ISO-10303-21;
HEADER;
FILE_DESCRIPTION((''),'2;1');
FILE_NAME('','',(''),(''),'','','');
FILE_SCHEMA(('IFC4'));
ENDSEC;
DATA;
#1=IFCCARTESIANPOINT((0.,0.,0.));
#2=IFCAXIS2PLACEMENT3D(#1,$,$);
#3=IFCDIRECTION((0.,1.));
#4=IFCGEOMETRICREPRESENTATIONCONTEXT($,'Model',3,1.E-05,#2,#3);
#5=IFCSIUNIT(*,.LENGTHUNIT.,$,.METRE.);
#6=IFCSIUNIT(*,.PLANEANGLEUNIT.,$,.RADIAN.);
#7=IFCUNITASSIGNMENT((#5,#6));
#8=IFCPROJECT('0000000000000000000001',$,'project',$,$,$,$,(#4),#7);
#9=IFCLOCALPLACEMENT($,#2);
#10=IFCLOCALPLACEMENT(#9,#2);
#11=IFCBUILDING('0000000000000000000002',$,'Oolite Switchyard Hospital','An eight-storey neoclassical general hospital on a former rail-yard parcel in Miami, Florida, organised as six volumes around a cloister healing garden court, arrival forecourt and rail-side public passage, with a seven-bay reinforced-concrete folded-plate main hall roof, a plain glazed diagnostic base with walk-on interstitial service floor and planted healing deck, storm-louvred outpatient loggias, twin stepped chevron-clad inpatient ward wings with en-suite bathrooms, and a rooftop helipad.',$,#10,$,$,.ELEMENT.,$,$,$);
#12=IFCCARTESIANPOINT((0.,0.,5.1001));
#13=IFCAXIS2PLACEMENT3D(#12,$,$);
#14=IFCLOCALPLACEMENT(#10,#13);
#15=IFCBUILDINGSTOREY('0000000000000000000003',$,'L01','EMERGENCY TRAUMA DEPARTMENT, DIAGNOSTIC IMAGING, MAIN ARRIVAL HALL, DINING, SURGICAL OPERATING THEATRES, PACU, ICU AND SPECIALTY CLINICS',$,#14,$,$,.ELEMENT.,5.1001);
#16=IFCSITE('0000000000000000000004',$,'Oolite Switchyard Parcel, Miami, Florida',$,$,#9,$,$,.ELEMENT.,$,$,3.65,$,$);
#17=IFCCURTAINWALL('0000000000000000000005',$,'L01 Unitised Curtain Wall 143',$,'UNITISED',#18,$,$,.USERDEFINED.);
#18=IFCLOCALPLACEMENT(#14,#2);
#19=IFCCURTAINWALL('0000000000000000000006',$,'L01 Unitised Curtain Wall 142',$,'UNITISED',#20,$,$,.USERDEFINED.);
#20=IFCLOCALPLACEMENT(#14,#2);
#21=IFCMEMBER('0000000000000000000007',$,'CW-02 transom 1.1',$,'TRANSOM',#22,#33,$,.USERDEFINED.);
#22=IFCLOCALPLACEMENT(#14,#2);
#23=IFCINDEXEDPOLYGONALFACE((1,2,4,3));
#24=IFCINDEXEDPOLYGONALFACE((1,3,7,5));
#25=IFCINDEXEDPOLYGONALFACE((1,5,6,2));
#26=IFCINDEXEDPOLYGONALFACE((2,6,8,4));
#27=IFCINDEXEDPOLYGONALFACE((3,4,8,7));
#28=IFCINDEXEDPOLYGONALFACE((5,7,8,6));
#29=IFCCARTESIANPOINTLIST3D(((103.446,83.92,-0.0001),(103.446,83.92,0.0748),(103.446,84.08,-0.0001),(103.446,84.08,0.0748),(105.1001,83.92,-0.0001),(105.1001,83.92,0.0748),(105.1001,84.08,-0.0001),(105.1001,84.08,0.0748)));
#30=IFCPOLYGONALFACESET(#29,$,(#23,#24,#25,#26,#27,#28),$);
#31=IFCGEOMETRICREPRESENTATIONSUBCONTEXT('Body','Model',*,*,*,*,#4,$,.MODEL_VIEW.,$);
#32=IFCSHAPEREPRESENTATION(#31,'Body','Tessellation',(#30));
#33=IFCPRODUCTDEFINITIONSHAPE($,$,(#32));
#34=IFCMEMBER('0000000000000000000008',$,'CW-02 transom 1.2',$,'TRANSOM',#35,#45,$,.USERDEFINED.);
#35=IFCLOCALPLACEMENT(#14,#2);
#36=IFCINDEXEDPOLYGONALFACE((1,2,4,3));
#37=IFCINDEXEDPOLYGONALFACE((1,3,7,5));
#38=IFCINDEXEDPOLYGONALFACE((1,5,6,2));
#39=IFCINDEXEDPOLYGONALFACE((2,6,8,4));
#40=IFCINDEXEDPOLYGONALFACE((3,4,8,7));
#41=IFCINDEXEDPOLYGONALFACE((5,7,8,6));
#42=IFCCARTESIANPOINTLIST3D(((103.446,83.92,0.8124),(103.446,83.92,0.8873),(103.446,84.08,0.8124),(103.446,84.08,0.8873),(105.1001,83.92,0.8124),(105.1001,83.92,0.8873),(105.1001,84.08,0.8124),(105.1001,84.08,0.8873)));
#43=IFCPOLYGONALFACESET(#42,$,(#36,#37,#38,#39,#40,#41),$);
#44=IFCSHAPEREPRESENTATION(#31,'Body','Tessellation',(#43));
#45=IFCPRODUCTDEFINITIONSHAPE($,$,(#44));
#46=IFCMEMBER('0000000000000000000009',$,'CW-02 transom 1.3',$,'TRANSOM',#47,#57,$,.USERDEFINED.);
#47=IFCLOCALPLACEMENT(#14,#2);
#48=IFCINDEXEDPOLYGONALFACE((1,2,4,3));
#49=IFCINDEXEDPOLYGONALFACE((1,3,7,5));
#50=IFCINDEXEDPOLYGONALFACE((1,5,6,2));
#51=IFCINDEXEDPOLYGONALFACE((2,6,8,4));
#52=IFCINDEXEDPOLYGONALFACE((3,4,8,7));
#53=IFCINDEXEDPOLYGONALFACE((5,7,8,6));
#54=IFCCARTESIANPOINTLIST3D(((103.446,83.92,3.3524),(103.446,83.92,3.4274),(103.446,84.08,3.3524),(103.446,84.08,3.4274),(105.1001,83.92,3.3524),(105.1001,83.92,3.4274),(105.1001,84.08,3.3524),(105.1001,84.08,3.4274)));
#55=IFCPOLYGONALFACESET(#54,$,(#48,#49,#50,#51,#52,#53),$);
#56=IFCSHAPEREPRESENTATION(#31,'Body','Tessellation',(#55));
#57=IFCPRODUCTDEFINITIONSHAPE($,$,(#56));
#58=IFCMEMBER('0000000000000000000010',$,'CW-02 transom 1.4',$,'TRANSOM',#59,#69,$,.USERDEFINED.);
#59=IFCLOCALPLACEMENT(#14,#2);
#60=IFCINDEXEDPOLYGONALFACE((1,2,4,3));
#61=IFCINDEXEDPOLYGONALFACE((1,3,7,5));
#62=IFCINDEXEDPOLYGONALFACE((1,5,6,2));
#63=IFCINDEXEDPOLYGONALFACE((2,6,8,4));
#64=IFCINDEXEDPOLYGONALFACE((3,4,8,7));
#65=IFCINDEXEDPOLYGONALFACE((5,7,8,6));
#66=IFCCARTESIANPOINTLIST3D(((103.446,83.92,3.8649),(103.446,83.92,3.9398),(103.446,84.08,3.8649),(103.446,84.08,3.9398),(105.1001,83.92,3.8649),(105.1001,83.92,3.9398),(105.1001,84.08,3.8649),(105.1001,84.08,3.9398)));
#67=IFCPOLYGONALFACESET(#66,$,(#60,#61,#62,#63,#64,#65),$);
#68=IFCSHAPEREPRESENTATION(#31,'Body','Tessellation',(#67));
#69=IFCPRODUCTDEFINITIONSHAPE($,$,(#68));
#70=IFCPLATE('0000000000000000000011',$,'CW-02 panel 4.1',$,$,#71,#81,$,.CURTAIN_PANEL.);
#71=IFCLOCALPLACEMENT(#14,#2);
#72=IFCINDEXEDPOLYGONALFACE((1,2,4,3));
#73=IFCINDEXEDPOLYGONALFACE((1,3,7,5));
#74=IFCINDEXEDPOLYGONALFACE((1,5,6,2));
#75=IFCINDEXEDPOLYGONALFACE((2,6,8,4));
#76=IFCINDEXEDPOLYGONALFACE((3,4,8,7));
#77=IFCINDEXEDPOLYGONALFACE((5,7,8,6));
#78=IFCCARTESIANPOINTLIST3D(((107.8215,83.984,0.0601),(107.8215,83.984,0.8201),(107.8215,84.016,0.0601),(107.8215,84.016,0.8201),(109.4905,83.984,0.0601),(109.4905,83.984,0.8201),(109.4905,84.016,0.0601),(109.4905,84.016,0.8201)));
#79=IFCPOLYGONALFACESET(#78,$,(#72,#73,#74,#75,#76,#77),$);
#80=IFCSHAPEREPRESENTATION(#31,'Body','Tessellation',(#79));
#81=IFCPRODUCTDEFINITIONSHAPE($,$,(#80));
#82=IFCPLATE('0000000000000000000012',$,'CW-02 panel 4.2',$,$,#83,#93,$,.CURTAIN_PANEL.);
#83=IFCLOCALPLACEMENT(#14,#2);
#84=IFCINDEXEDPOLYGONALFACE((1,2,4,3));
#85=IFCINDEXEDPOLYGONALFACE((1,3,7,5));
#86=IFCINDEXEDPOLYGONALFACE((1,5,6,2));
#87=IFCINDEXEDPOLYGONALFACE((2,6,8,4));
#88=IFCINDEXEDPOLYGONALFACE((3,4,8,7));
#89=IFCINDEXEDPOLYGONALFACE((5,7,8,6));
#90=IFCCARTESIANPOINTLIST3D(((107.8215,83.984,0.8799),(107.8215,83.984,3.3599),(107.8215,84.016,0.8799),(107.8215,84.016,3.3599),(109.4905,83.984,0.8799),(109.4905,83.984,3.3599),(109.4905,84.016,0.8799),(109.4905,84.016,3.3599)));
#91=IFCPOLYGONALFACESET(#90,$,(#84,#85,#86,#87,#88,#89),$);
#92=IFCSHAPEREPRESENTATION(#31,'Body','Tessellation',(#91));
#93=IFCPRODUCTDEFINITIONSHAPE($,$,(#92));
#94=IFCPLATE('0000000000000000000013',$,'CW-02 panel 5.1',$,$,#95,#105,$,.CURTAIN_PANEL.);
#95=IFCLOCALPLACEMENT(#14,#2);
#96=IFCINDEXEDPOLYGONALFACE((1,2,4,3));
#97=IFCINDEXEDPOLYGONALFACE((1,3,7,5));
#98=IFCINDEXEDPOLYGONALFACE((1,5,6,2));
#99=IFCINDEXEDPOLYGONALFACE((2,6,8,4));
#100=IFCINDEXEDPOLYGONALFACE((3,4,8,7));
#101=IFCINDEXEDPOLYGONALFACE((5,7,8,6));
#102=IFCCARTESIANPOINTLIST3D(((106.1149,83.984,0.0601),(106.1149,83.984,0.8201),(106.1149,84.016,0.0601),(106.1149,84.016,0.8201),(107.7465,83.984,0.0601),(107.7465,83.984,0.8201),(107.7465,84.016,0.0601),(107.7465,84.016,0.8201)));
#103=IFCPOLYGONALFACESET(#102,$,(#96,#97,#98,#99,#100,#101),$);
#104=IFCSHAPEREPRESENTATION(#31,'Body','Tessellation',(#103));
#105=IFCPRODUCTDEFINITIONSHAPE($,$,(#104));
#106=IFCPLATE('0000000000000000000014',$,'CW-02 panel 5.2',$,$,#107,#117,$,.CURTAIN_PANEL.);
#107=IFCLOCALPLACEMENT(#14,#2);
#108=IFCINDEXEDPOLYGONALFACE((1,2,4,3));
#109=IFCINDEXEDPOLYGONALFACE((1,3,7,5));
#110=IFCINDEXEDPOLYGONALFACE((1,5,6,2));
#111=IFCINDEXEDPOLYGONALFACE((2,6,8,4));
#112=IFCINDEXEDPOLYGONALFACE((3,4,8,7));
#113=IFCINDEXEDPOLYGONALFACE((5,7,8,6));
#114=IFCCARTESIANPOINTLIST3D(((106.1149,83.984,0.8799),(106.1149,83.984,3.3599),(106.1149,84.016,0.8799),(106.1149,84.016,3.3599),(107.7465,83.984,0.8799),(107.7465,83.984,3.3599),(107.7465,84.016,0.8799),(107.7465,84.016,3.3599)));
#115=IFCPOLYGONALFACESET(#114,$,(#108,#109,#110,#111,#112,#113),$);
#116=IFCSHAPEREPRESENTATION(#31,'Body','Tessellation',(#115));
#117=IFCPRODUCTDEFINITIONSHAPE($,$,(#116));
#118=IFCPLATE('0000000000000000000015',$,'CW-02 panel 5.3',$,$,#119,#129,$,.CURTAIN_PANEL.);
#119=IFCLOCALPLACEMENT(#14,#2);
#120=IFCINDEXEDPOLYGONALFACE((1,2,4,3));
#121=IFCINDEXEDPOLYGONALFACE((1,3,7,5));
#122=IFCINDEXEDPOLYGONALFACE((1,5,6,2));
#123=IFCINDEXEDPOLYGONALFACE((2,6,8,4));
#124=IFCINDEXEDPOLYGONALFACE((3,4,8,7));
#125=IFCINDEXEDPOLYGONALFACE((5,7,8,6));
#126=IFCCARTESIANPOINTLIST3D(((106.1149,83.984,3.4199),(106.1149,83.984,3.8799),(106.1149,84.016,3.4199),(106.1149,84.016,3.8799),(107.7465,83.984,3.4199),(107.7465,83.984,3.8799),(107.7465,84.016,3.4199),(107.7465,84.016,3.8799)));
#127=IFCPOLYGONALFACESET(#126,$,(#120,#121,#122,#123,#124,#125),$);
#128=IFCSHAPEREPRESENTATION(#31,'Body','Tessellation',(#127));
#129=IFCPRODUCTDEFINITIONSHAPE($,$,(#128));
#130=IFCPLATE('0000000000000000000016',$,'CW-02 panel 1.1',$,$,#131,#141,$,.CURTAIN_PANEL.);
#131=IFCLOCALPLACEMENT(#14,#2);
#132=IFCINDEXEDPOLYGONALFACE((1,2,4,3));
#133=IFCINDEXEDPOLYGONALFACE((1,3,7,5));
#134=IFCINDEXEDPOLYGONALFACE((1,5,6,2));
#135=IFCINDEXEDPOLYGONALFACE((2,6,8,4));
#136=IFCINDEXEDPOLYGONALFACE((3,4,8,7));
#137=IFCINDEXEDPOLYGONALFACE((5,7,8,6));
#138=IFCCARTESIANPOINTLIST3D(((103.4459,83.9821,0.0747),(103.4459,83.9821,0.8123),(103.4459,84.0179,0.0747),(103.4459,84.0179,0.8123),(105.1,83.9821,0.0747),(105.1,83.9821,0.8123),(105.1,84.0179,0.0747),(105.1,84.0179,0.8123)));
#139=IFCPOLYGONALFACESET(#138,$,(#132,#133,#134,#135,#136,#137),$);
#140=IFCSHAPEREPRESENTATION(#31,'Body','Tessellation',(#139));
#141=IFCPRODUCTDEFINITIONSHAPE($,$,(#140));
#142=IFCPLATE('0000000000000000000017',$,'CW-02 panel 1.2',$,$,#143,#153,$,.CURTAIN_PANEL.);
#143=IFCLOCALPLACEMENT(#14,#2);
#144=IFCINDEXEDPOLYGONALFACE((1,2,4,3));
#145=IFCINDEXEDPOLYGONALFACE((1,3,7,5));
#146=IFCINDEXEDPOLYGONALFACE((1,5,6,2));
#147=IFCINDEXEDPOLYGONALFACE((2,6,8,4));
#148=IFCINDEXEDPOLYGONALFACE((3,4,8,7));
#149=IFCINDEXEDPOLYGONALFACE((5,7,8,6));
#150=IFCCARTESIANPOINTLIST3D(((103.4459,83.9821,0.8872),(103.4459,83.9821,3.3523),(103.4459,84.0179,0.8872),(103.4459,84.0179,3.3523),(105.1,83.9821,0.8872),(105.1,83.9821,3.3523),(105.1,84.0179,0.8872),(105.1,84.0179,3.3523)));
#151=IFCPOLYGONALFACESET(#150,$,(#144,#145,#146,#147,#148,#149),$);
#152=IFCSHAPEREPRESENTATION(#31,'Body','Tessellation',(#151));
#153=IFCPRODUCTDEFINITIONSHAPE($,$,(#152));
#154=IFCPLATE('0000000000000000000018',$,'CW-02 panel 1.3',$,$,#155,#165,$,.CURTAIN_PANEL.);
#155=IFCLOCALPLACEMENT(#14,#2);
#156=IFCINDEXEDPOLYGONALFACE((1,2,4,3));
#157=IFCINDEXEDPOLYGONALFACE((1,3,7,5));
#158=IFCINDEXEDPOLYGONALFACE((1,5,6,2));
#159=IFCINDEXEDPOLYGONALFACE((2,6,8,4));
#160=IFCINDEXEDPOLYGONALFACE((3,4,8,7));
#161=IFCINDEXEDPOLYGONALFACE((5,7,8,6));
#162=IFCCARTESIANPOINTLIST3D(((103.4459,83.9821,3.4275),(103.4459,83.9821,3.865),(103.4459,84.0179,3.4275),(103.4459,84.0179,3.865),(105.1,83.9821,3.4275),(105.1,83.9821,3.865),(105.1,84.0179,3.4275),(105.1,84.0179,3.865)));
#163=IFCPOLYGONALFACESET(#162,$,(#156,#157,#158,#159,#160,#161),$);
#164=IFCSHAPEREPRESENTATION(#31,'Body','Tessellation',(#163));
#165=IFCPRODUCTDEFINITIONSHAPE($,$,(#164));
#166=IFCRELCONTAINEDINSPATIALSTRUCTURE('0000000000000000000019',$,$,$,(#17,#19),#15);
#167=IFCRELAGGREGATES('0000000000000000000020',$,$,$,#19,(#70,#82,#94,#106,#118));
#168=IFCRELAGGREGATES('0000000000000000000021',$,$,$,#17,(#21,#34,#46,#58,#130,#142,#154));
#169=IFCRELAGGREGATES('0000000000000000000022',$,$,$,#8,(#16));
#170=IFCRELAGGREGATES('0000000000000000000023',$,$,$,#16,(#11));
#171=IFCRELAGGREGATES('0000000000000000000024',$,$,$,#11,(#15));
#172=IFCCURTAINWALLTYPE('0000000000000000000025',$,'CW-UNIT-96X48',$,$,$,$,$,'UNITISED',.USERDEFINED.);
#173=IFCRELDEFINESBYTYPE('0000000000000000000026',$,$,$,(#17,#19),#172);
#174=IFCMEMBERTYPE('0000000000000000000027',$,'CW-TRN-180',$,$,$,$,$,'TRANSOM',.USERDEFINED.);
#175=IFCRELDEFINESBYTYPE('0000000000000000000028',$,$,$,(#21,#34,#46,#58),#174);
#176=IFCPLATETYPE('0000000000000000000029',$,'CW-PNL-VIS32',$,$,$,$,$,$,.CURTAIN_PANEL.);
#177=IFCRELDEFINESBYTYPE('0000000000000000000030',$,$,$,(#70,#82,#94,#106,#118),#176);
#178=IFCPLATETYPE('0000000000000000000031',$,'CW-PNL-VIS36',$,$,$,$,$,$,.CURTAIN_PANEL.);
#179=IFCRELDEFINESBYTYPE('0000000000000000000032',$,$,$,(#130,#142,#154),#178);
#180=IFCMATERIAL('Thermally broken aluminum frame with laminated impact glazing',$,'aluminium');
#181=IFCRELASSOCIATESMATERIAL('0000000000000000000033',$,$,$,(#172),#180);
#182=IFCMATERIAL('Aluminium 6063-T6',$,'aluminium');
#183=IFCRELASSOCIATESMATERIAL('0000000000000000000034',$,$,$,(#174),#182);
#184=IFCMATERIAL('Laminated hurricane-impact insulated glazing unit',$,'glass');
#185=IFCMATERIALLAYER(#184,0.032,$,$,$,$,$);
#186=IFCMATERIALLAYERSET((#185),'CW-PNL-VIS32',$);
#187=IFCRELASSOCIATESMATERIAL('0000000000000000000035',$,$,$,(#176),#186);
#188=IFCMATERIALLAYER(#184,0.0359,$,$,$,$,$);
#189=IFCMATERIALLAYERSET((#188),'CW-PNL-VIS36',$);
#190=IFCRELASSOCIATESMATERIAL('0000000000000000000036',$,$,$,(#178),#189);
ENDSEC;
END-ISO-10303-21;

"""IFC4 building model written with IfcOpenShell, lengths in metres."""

from ifc_helpers import new_model, si_unit, direction, frame, origin, origin_2d, place, context, subcontext, project, spatial, rectangle, extrude, material, layer, layer_set, material_profile, profile_set, type_object, element, aggregate, save


model = new_model("IFC4")

# Units and contexts
model_context = context("Model", 3, precision=1e-05, world=origin(), true_north=direction((0.0, 1.0)))
body_context = subcontext(model_context, "Body", "Model", "MODEL_VIEW")
ifc_project = project(units=[si_unit("LENGTHUNIT", "METRE"), si_unit("PLANEANGLEUNIT", "RADIAN")], contexts=[model_context])

# Site, building, storey
site_placement = place(None, origin())
site = spatial("IfcSite", under=ifc_project, at=site_placement, Name="Oolite Switchyard Parcel, Miami, Florida", CompositionType="ELEMENT", RefElevation=3.65)
building_placement = place(site_placement, origin())
building = spatial("IfcBuilding", under=site, at=building_placement, Name="Oolite Switchyard Hospital", Description="An eight-storey neoclassical general hospital on a former rail-yard parcel in Miami, Florida, organised as six volumes around a cloister healing garden court, arrival forecourt and rail-side public passage, with a seven-bay reinforced-concrete folded-plate main hall roof, a plain glazed diagnostic base with walk-on interstitial service floor and planted healing deck, storm-louvred outpatient loggias, twin stepped chevron-clad inpatient ward wings with en-suite bathrooms, and a rooftop helipad.", CompositionType="ELEMENT")
storey_placement = place(building_placement, frame((0.0, 0.0, 5.1001)))
storey = spatial("IfcBuildingStorey", under=building, at=storey_placement, Name="L01", Description="EMERGENCY TRAUMA DEPARTMENT, DIAGNOSTIC IMAGING, MAIN ARRIVAL HALL, DINING, SURGICAL OPERATING THEATRES, PACU, ICU AND SPECIALTY CLINICS", CompositionType="ELEMENT", Elevation=5.1001)

# Curtain walls
ifc_material_1 = material(Name="Thermally broken aluminum frame with laminated impact glazing", Category="aluminium")
curtain_wall_type = type_object("IfcCurtainWallType", Name="CW-UNIT-96X48", ElementType="UNITISED", PredefinedType="USERDEFINED", material=ifc_material_1)
curtain_wall_1_placement = place(storey_placement, origin())
curtain_wall_1 = element("IfcCurtainWall", 1, at=curtain_wall_1_placement, inside=storey, type_object=curtain_wall_type, Name="L01 Unitised Curtain Wall 143", ObjectType="UNITISED", PredefinedType="USERDEFINED")
ifc_material_2 = material(Name="Aluminium 6063-T6", Category="aluminium")
curtain_wall_2_placement = place(storey_placement, origin())
curtain_wall_2 = element("IfcCurtainWall", 2, at=curtain_wall_2_placement, inside=storey, type_object=curtain_wall_type, Name="L01 Unitised Curtain Wall 142", ObjectType="UNITISED", PredefinedType="USERDEFINED")

# Members
ifc_material_profile_1 = material_profile(ifc_material_2, rectangle(XDim=0.1599, YDim=0.075, at=origin_2d()), Name="CWT75X160")
ifc_profile_set_1 = profile_set([ifc_material_profile_1], Name="Aluminium 6063-T6")
member_type_1 = type_object("IfcMemberType", Name="CW-TRN-180", ElementType="TRANSOM", PredefinedType="USERDEFINED", material=ifc_profile_set_1)
member_1_placement = place(storey_placement, frame((105.1001, 84.0, 0.0374), z_axis=(-1.0, 0.0, 0.0), x_axis=(0.0, -1.0, 0.0)))
member_1 = element("IfcMember", 3, at=member_1_placement, type_object=member_type_1, Name="CW-02 transom 1.1", ObjectType="TRANSOM", PredefinedType="USERDEFINED", context=body_context, shape_type="SweptSolid", body=[
    extrude(rectangle(XDim=0.1599, YDim=0.075, at=origin_2d()), origin(), (0.0, 0.0, 1.0), 1.6541),
])
member_2_placement = place(storey_placement, frame((105.1001, 84.0, 0.8499), z_axis=(-1.0, 0.0, 0.0), x_axis=(0.0, -1.0, 0.0)))
member_2 = element("IfcMember", 4, at=member_2_placement, type_object=member_type_1, Name="CW-02 transom 1.2", ObjectType="TRANSOM", PredefinedType="USERDEFINED", context=body_context, shape_type="SweptSolid", body=[
    extrude(rectangle(XDim=0.1599, YDim=0.075, at=origin_2d()), origin(), (0.0, 0.0, 1.0), 1.6541),
])
member_3_placement = place(storey_placement, frame((105.1001, 84.0, 3.3899), z_axis=(-1.0, 0.0, 0.0), x_axis=(0.0, -1.0, 0.0)))
member_3 = element("IfcMember", 5, at=member_3_placement, type_object=member_type_1, Name="CW-02 transom 1.3", ObjectType="TRANSOM", PredefinedType="USERDEFINED", context=body_context, shape_type="SweptSolid", body=[
    extrude(rectangle(XDim=0.1599, YDim=0.075, at=origin_2d()), origin(), (0.0, 0.0, 1.0), 1.6541),
])
member_4_placement = place(storey_placement, frame((105.1001, 84.0, 3.9023), z_axis=(-1.0, 0.0, 0.0), x_axis=(0.0, -1.0, 0.0)))
member_4 = element("IfcMember", 6, at=member_4_placement, type_object=member_type_1, Name="CW-02 transom 1.4", ObjectType="TRANSOM", PredefinedType="USERDEFINED", context=body_context, shape_type="SweptSolid", body=[
    extrude(rectangle(XDim=0.1599, YDim=0.075, at=origin_2d()), origin(), (0.0, 0.0, 1.0), 1.6541),
])

# Plates
ifc_material_3 = material(Name="Laminated hurricane-impact insulated glazing unit", Category="glass")
ifc_layer_1 = layer(ifc_material_3, 0.032)
ifc_layer_set_1 = layer_set([ifc_layer_1], Name="CW-PNL-VIS32")
plate_type_1 = type_object("IfcPlateType", Name="CW-PNL-VIS32", PredefinedType="CURTAIN_PANEL", material=ifc_layer_set_1)
plate_1_placement = place(storey_placement, frame((108.656, 84.0, 0.0601), z_axis=(0.0, 0.0, 1.0), x_axis=(-1.0, 0.0, 0.0)))
plate_1 = element("IfcPlate", 7, at=plate_1_placement, type_object=plate_type_1, Name="CW-02 panel 4.1", PredefinedType="CURTAIN_PANEL", context=body_context, shape_type="SweptSolid", body=[
    extrude(rectangle(XDim=1.6689, YDim=0.032, at=origin_2d()), origin(), (0.0, 0.0, 1.0), 0.76),
])
plate_2_placement = place(storey_placement, frame((108.656, 84.0, 0.8799), z_axis=(0.0, 0.0, 1.0), x_axis=(-1.0, 0.0, 0.0)))
plate_2 = element("IfcPlate", 8, at=plate_2_placement, type_object=plate_type_1, Name="CW-02 panel 4.2", PredefinedType="CURTAIN_PANEL", context=body_context, shape_type="SweptSolid", body=[
    extrude(rectangle(XDim=1.6689, YDim=0.032, at=origin_2d()), origin(), (0.0, 0.0, 1.0), 2.48),
])
plate_3_placement = place(storey_placement, frame((106.9307, 84.0, 0.0601), z_axis=(0.0, 0.0, 1.0), x_axis=(-1.0, 0.0, 0.0)))
plate_3 = element("IfcPlate", 9, at=plate_3_placement, type_object=plate_type_1, Name="CW-02 panel 5.1", PredefinedType="CURTAIN_PANEL", context=body_context, shape_type="SweptSolid", body=[
    extrude(rectangle(XDim=1.6316, YDim=0.032, at=origin_2d()), origin(), (0.0, 0.0, 1.0), 0.76),
])
plate_4_placement = place(storey_placement, frame((106.9307, 84.0, 0.8799), z_axis=(0.0, 0.0, 1.0), x_axis=(-1.0, 0.0, 0.0)))
plate_4 = element("IfcPlate", 10, at=plate_4_placement, type_object=plate_type_1, Name="CW-02 panel 5.2", PredefinedType="CURTAIN_PANEL", context=body_context, shape_type="SweptSolid", body=[
    extrude(rectangle(XDim=1.6316, YDim=0.032, at=origin_2d()), origin(), (0.0, 0.0, 1.0), 2.48),
])
plate_5_placement = place(storey_placement, frame((106.9307, 84.0, 3.4199), z_axis=(0.0, 0.0, 1.0), x_axis=(-1.0, 0.0, 0.0)))
plate_5 = element("IfcPlate", 11, at=plate_5_placement, type_object=plate_type_1, Name="CW-02 panel 5.3", PredefinedType="CURTAIN_PANEL", context=body_context, shape_type="SweptSolid", body=[
    extrude(rectangle(XDim=1.6316, YDim=0.032, at=origin_2d()), origin(), (0.0, 0.0, 1.0), 0.46),
])
aggregate(curtain_wall_2, [plate_1, plate_2, plate_3, plate_4, plate_5])
ifc_layer_2 = layer(ifc_material_3, 0.0359)
ifc_layer_set_2 = layer_set([ifc_layer_2], Name="CW-PNL-VIS36")
plate_type_2 = type_object("IfcPlateType", Name="CW-PNL-VIS36", PredefinedType="CURTAIN_PANEL", material=ifc_layer_set_2)
plate_6_placement = place(storey_placement, frame((104.2729, 84.0, 0.0747), z_axis=(0.0, 0.0, 1.0), x_axis=(-1.0, 0.0, 0.0)))
plate_6 = element("IfcPlate", 12, at=plate_6_placement, type_object=plate_type_2, Name="CW-02 panel 1.1", PredefinedType="CURTAIN_PANEL", context=body_context, shape_type="SweptSolid", body=[
    extrude(rectangle(XDim=1.6541, YDim=0.0359, at=origin_2d()), origin(), (0.0, 0.0, 1.0), 0.7375),
])
plate_7_placement = place(storey_placement, frame((104.2729, 84.0, 0.8872), z_axis=(0.0, 0.0, 1.0), x_axis=(-1.0, 0.0, 0.0)))
plate_7 = element("IfcPlate", 13, at=plate_7_placement, type_object=plate_type_2, Name="CW-02 panel 1.2", PredefinedType="CURTAIN_PANEL", context=body_context, shape_type="SweptSolid", body=[
    extrude(rectangle(XDim=1.6541, YDim=0.0359, at=origin_2d()), origin(), (0.0, 0.0, 1.0), 2.4651),
])
plate_8_placement = place(storey_placement, frame((104.2729, 84.0, 3.4275), z_axis=(0.0, 0.0, 1.0), x_axis=(-1.0, 0.0, 0.0)))
plate_8 = element("IfcPlate", 14, at=plate_8_placement, type_object=plate_type_2, Name="CW-02 panel 1.3", PredefinedType="CURTAIN_PANEL", context=body_context, shape_type="SweptSolid", body=[
    extrude(rectangle(XDim=1.6541, YDim=0.0359, at=origin_2d()), origin(), (0.0, 0.0, 1.0), 0.4375),
])
aggregate(curtain_wall_1, [member_1, member_2, member_3, member_4, plate_6, plate_7, plate_8])

save(model, "model.ifc")
